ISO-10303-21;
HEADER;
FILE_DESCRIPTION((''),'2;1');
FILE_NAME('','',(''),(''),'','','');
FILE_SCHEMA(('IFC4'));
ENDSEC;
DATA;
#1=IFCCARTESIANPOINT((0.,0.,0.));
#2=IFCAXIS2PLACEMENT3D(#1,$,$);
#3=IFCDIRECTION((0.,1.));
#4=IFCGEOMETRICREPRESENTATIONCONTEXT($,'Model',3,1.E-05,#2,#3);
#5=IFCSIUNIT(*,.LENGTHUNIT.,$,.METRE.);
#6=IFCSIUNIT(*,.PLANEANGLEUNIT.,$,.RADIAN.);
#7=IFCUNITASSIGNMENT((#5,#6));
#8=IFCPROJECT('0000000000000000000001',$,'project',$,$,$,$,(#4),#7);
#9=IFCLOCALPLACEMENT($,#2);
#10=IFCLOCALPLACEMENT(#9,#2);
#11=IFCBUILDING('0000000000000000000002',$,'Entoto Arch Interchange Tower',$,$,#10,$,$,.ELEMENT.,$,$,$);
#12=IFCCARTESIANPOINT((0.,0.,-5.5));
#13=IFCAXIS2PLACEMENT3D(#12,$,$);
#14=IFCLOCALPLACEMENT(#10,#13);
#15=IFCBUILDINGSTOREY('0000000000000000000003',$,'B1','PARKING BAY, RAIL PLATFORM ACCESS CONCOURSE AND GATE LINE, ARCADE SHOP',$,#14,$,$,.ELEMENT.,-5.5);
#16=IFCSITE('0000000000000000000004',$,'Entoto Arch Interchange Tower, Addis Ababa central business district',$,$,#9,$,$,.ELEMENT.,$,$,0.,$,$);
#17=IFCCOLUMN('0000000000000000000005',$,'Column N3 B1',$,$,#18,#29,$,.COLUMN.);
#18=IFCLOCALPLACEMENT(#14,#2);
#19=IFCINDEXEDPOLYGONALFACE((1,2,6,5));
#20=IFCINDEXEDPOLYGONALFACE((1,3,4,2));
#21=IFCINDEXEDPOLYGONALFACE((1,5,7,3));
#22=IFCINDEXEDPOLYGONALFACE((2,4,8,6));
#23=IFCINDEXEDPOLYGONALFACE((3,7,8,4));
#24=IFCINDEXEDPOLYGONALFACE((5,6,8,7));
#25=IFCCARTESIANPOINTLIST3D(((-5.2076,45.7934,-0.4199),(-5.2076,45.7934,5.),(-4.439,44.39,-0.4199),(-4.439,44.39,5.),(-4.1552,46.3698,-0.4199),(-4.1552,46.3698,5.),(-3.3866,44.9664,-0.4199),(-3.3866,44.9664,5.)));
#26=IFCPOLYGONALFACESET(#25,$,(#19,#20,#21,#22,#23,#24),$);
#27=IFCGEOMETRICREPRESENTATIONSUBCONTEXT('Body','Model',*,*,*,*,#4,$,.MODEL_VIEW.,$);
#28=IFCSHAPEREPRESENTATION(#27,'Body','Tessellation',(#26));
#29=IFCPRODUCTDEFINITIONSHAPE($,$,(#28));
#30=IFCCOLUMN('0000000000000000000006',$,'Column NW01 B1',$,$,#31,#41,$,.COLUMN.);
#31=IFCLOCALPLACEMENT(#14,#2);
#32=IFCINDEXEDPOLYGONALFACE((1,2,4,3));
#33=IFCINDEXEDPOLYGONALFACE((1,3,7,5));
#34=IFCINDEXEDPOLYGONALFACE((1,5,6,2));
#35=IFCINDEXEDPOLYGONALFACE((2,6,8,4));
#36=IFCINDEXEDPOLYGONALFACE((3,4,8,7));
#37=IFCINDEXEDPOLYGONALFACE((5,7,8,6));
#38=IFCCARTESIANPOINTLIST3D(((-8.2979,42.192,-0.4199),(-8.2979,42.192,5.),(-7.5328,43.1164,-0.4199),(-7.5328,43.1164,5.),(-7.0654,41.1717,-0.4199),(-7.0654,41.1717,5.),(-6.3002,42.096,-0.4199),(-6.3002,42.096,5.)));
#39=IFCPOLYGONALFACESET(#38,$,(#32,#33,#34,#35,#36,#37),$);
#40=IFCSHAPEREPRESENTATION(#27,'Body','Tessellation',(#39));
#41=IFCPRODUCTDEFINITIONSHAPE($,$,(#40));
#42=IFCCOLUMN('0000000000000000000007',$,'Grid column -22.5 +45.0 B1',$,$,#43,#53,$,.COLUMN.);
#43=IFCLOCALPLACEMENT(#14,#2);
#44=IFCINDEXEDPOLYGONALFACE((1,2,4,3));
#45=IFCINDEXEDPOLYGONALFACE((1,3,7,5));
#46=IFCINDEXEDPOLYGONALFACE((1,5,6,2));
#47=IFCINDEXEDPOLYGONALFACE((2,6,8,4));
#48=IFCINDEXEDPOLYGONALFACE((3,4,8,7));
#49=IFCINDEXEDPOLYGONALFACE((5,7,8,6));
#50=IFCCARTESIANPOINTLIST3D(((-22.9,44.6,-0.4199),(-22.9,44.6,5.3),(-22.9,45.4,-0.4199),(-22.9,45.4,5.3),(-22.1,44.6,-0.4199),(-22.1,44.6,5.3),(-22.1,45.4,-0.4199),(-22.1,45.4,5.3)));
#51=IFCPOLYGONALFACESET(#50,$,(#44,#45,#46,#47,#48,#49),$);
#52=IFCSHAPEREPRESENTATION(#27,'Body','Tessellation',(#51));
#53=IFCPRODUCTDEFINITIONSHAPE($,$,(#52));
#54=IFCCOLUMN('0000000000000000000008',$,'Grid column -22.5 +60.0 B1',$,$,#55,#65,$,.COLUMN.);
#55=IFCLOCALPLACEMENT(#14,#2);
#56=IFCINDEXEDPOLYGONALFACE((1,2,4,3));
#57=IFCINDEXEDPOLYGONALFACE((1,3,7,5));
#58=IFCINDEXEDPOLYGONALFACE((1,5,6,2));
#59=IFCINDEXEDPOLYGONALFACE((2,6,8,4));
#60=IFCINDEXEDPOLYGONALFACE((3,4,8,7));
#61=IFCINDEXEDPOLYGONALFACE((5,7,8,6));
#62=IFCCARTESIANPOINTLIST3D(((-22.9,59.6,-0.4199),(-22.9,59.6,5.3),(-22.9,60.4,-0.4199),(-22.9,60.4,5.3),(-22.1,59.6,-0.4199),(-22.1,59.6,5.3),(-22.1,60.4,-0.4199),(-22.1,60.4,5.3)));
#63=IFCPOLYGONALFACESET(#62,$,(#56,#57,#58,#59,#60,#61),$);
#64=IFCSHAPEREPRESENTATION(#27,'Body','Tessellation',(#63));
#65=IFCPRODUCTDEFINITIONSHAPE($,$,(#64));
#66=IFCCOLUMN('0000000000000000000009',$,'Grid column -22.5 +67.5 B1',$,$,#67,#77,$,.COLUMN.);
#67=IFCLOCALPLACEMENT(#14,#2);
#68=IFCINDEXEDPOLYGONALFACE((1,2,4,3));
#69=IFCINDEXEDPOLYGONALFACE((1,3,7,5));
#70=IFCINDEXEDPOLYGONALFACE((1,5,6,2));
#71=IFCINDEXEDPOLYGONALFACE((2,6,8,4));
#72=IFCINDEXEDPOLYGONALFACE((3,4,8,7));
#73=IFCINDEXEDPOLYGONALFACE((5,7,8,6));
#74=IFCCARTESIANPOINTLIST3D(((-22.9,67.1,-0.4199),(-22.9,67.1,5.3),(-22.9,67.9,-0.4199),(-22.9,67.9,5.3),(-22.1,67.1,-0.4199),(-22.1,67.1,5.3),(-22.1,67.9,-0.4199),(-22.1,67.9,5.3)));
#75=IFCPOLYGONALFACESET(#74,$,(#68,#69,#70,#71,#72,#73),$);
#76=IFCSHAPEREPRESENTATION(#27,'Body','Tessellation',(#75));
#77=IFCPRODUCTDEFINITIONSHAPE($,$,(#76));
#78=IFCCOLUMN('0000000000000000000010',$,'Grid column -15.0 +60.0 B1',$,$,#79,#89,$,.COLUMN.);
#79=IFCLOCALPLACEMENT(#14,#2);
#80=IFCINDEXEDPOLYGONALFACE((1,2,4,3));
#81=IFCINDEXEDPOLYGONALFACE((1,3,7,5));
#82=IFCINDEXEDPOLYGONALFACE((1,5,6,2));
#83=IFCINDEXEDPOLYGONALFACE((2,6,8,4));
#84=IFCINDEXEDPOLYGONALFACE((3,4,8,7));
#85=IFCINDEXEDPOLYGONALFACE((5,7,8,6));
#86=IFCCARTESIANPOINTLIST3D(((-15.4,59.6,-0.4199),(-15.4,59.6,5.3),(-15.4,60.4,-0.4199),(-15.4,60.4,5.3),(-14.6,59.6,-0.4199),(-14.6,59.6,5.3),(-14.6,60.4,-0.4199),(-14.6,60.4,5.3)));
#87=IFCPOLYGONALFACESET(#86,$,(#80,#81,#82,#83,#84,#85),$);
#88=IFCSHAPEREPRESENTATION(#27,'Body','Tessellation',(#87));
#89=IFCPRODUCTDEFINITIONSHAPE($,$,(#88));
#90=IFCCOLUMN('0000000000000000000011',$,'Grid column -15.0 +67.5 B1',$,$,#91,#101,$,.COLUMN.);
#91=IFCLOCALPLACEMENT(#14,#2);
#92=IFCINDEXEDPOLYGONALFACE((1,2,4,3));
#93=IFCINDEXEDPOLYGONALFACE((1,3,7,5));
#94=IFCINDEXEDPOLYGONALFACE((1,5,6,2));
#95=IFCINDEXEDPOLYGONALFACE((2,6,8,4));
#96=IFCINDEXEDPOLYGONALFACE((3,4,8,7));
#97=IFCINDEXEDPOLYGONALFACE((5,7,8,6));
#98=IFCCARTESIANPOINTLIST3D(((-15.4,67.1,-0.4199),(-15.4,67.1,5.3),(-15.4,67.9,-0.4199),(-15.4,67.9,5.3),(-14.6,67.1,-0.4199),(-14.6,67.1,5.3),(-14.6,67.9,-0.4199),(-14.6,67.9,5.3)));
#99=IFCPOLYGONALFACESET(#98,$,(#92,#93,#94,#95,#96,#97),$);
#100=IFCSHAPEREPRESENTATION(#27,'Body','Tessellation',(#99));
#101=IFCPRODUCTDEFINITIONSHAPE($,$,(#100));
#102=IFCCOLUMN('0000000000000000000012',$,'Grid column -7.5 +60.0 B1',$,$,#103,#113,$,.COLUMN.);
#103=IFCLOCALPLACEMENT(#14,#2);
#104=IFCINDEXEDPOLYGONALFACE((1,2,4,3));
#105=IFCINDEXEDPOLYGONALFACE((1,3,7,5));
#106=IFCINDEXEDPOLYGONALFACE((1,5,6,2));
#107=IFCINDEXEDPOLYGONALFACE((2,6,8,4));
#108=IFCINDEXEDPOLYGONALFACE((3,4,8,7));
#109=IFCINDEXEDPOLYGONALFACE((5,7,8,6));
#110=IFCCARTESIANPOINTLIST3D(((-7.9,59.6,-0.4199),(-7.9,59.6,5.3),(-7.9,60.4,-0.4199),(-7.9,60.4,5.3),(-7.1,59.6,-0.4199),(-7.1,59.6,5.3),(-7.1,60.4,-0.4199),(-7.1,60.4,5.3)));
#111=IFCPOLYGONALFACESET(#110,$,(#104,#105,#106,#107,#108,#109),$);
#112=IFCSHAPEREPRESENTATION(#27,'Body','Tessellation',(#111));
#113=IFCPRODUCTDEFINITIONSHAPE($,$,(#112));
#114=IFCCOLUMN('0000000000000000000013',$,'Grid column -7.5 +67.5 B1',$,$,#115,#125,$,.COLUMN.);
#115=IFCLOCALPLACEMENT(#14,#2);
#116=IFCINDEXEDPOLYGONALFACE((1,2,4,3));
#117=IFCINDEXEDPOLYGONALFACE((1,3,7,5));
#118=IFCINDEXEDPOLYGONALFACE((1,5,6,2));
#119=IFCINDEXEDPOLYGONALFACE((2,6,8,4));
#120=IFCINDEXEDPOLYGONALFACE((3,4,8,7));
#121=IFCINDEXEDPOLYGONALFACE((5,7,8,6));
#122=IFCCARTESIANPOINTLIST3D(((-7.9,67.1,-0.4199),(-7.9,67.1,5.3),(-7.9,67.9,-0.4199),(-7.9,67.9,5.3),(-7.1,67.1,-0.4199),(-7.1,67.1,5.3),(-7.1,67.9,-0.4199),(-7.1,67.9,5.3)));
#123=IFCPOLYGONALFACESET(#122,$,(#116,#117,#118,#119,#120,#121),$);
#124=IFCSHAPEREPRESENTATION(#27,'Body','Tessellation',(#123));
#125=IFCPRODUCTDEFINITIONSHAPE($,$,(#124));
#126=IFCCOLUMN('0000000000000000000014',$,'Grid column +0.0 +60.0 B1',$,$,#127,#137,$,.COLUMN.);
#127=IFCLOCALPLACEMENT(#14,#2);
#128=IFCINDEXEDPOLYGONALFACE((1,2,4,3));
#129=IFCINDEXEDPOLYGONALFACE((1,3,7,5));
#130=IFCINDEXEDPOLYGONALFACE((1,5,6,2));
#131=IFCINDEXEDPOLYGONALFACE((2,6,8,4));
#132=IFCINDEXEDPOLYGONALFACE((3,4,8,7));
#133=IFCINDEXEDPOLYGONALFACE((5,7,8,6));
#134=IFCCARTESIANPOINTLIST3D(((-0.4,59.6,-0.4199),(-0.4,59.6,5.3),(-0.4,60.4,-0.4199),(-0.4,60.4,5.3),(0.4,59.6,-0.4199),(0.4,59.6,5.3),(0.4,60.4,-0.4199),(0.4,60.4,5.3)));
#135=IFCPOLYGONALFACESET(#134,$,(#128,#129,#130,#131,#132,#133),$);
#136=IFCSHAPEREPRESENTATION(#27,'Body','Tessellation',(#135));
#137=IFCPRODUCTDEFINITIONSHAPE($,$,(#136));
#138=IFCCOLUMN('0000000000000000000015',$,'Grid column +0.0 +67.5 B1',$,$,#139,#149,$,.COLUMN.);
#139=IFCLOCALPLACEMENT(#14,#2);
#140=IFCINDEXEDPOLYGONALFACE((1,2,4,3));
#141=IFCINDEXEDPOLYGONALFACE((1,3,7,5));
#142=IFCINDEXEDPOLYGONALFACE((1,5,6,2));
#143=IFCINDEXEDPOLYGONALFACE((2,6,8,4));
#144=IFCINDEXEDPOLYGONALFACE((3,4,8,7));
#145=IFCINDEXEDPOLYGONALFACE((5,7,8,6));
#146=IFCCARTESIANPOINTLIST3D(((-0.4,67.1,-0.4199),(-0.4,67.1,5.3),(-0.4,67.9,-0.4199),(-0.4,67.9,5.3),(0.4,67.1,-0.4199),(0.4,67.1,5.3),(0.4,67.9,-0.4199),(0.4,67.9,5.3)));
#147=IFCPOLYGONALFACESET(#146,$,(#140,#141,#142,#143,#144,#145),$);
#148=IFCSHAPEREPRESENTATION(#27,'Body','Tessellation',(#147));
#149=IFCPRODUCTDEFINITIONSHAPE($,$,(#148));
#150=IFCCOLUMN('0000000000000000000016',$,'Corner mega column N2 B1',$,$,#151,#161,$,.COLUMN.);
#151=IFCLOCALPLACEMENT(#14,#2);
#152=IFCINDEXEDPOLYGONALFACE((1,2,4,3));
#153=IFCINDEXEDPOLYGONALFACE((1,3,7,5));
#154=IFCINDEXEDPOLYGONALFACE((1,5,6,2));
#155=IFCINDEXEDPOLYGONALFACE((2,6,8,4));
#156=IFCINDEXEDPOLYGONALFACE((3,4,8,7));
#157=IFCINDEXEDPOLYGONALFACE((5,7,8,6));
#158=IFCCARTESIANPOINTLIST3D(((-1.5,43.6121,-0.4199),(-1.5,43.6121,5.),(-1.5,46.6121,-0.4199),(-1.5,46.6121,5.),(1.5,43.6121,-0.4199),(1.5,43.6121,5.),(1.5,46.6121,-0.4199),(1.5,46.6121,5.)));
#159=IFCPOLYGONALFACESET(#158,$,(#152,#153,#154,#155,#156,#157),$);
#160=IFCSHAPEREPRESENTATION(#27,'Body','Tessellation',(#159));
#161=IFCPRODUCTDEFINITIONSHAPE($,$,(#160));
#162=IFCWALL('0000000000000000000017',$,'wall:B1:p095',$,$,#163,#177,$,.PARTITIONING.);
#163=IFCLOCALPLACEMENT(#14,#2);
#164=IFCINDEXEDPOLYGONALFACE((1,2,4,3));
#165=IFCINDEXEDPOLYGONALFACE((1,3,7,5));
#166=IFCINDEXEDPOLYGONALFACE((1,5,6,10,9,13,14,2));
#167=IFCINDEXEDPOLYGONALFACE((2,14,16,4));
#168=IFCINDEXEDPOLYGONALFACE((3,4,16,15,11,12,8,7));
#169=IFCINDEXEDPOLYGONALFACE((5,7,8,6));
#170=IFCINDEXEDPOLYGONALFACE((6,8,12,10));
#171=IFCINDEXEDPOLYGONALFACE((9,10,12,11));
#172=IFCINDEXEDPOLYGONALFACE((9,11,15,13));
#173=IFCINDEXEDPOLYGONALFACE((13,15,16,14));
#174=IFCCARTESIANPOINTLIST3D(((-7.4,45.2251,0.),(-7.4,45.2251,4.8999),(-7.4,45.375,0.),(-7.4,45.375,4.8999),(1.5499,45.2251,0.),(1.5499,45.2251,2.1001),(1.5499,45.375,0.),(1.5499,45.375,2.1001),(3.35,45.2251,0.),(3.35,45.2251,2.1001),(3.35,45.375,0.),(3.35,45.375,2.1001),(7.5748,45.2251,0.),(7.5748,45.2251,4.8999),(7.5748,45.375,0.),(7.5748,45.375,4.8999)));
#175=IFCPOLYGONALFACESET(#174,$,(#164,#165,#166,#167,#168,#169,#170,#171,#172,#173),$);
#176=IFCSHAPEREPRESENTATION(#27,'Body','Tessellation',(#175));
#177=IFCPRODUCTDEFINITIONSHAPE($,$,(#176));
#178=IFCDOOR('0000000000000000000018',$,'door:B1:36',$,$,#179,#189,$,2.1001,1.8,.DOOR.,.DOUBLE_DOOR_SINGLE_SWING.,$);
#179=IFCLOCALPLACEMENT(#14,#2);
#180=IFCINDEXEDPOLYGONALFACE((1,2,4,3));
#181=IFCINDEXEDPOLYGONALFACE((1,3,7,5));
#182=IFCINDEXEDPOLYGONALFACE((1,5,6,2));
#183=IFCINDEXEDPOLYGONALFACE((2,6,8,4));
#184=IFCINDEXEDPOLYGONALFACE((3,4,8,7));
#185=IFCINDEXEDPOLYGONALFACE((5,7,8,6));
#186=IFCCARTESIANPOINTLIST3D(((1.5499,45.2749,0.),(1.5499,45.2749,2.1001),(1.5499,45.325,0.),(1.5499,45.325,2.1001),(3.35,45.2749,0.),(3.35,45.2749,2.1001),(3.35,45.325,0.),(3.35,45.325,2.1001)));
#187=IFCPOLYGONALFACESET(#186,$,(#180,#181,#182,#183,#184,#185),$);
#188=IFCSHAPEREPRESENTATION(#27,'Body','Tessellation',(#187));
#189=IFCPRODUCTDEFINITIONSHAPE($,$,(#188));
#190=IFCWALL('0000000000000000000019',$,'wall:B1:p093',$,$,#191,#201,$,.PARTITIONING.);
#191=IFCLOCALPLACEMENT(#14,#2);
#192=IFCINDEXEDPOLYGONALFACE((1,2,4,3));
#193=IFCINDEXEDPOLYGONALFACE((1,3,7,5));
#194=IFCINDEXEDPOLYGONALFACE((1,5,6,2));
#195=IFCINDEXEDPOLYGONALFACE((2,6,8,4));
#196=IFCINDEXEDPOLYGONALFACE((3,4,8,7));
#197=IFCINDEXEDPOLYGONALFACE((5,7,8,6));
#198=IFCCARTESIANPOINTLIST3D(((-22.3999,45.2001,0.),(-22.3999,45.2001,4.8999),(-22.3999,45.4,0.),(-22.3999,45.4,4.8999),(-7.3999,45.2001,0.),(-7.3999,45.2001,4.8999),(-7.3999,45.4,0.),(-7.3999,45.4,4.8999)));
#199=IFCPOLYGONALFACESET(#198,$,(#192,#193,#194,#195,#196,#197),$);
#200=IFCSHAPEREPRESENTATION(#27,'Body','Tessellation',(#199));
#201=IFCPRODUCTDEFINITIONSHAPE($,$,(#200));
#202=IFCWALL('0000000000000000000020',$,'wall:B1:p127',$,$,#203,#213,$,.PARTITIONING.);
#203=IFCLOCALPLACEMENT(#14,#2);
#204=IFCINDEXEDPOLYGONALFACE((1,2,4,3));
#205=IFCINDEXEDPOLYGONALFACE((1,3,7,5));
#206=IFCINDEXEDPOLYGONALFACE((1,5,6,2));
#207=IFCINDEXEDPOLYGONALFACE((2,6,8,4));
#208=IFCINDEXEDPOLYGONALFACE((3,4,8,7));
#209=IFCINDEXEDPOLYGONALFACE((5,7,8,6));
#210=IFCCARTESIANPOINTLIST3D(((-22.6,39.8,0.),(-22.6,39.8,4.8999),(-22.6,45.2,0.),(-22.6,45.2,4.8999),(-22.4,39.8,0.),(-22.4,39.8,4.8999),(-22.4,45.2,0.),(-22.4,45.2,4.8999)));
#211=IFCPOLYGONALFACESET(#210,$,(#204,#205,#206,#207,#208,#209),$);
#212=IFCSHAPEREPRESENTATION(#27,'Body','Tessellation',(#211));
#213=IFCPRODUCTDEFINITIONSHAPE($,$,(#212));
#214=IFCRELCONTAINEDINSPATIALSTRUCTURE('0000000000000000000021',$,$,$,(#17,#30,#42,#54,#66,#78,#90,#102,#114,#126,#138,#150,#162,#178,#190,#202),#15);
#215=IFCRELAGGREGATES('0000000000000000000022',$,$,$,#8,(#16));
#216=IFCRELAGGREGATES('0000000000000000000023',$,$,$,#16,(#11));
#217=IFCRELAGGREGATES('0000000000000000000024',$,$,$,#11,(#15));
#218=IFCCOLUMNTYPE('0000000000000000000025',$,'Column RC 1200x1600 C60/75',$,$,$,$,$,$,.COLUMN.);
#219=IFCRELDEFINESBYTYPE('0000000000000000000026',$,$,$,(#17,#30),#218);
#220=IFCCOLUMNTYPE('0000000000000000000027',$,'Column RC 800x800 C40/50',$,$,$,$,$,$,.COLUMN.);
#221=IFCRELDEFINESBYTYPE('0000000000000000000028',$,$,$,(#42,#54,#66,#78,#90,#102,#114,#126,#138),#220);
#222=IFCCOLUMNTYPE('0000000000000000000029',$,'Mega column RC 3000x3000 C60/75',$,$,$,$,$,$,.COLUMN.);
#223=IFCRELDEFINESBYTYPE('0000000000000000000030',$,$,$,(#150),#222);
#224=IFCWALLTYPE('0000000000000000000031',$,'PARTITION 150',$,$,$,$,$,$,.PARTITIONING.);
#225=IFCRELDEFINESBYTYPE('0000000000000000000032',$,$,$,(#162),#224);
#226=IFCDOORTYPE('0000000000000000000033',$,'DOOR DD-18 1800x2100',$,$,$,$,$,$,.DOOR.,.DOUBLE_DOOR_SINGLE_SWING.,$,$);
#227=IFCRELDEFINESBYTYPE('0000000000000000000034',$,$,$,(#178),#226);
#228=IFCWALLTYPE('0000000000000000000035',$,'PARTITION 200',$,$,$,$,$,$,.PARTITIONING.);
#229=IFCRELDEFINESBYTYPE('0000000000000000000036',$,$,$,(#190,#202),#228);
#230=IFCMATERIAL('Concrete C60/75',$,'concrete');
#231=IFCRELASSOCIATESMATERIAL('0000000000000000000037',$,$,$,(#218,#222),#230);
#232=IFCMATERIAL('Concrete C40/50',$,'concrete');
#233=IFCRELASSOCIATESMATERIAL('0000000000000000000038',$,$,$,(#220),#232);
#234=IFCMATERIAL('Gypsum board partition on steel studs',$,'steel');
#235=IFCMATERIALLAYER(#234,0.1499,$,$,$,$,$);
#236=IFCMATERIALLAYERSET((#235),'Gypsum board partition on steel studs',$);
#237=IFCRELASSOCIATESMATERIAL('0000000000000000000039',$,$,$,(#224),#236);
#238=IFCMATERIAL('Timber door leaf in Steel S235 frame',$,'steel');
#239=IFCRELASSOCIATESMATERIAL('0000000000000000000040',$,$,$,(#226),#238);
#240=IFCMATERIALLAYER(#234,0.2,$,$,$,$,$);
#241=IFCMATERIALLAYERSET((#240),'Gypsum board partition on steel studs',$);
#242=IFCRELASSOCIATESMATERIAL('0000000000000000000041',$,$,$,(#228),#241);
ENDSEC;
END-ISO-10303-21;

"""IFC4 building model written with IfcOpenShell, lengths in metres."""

from ifc_helpers import new_model, si_unit, direction, frame, frame_2d, origin, origin_2d, place, context, subcontext, project, spatial, rectangle, extrude, material, layer, layer_set, material_profile, profile_set, type_object, element, fill, save


model = new_model("IFC4")

# Units and contexts
model_context = context("Model", 3, precision=1e-05, world=origin(), true_north=direction((0.0, 1.0)))
body_context = subcontext(model_context, "Body", "Model", "MODEL_VIEW")
ifc_project = project(units=[si_unit("LENGTHUNIT", "METRE"), si_unit("PLANEANGLEUNIT", "RADIAN")], contexts=[model_context])

# Site, building, storey
site_placement = place(None, origin())
site = spatial("IfcSite", under=ifc_project, at=site_placement, Name="Entoto Arch Interchange Tower, Addis Ababa central business district", CompositionType="ELEMENT", RefElevation=0.0)
building_placement = place(site_placement, origin())
building = spatial("IfcBuilding", under=site, at=building_placement, Name="Entoto Arch Interchange Tower", CompositionType="ELEMENT")
storey_placement = place(building_placement, frame((0.0, 0.0, -5.5)))
storey = spatial("IfcBuildingStorey", under=building, at=storey_placement, Name="B1", Description="PARKING BAY, RAIL PLATFORM ACCESS CONCOURSE AND GATE LINE, ARCADE SHOP", CompositionType="ELEMENT", Elevation=-5.5)

# Columns
ifc_material_1 = material(Name="Concrete C60/75", Category="concrete")
ifc_material_profile_1 = material_profile(ifc_material_1, rectangle(XDim=1.2, YDim=1.6001, at=origin_2d()))
ifc_profile_set_1 = profile_set([ifc_material_profile_1], Name="Concrete C60/75")
column_type_1 = type_object("IfcColumnType", Name="Column RC 1200x1600 C60/75", PredefinedType="COLUMN", material=ifc_profile_set_1)
for number, where, z_axis, x_axis, name in (
    (1, (-4.2971, 45.3799, -0.4199), (0.0, 0.0, 1.0), (0.877079, 0.480346, 0.0), "Column N3 B1"),
    (2, (-7.2991, 42.144, -0.4199), (0.0, 0.0, 1.0), (0.637666, 0.770313, 0.0), "Column NW01 B1"),
):
    element("IfcColumn", number, at=place(storey_placement, frame(where, z_axis=z_axis, x_axis=x_axis)), inside=storey, type_object=column_type_1, Name=name, PredefinedType="COLUMN", context=body_context, shape_type="SweptSolid", body=[
        extrude(rectangle(XDim=1.2, YDim=1.6001, at=origin_2d()), origin(), (0.0, 0.0, 1.0), 5.4199),
    ])
ifc_material_2 = material(Name="Concrete C40/50", Category="concrete")
ifc_material_profile_2 = material_profile(ifc_material_2, rectangle(XDim=0.8, YDim=0.8, at=origin_2d()))
ifc_profile_set_2 = profile_set([ifc_material_profile_2], Name="Concrete C40/50")
column_type_2 = type_object("IfcColumnType", Name="Column RC 800x800 C40/50", PredefinedType="COLUMN", material=ifc_profile_set_2)
for number, where, z_axis, x_axis, name in (
    (3, (-22.5, 45.0, -0.4199), (0.0, 0.0, 1.0), (1.0, 0.0, 0.0), "Grid column -22.5 +45.0 B1"),
    (4, (-22.5, 60.0, -0.4199), (0.0, 0.0, 1.0), (1.0, 0.0, 0.0), "Grid column -22.5 +60.0 B1"),
    (5, (-22.5, 67.5, -0.4199), (0.0, 0.0, 1.0), (1.0, 0.0, 0.0), "Grid column -22.5 +67.5 B1"),
    (6, (-15.0, 60.0, -0.4199), (0.0, 0.0, 1.0), (1.0, 0.0, 0.0), "Grid column -15.0 +60.0 B1"),
    (7, (-15.0, 67.5, -0.4199), (0.0, 0.0, 1.0), (1.0, 0.0, 0.0), "Grid column -15.0 +67.5 B1"),
    (8, (-7.5, 60.0, -0.4199), (0.0, 0.0, 1.0), (1.0, 0.0, 0.0), "Grid column -7.5 +60.0 B1"),
    (9, (-7.5, 67.5, -0.4199), (0.0, 0.0, 1.0), (1.0, 0.0, 0.0), "Grid column -7.5 +67.5 B1"),
    (10, (0.0, 60.0, -0.4199), (0.0, 0.0, 1.0), (1.0, 0.0, 0.0), "Grid column +0.0 +60.0 B1"),
    (11, (0.0, 67.5, -0.4199), (0.0, 0.0, 1.0), (1.0, 0.0, 0.0), "Grid column +0.0 +67.5 B1"),
):
    element("IfcColumn", number, at=place(storey_placement, frame(where, z_axis=z_axis, x_axis=x_axis)), inside=storey, type_object=column_type_2, Name=name, PredefinedType="COLUMN", context=body_context, shape_type="SweptSolid", body=[
        extrude(rectangle(XDim=0.8, YDim=0.8, at=origin_2d()), origin(), (0.0, 0.0, 1.0), 5.72),
    ])
ifc_material_profile_3 = material_profile(ifc_material_1, rectangle(XDim=3.0, YDim=3.0, at=origin_2d()))
ifc_profile_set_3 = profile_set([ifc_material_profile_3], Name="Concrete C60/75")
column_type_3 = type_object("IfcColumnType", Name="Mega column RC 3000x3000 C60/75", PredefinedType="COLUMN", material=ifc_profile_set_3)
column_placement = place(storey_placement, frame((0.0, 45.1121, -0.4199), z_axis=(0.0, 0.0, 1.0), x_axis=(0.0, 1.0, 0.0)))
element("IfcColumn", 12, at=column_placement, inside=storey, type_object=column_type_3, Name="Corner mega column N2 B1", PredefinedType="COLUMN", context=body_context, shape_type="SweptSolid", body=[
    extrude(rectangle(XDim=3.0, YDim=3.0, at=origin_2d()), origin(), (0.0, 0.0, 1.0), 5.4199),
])

# Wall, opening, door
ifc_material_3 = material(Name="Gypsum board partition on steel studs", Category="steel")
ifc_layer_1 = layer(ifc_material_3, 0.1499)
ifc_layer_set_1 = layer_set([ifc_layer_1], Name="Gypsum board partition on steel studs")
wall_type_1 = type_object("IfcWallType", Name="PARTITION 150", PredefinedType="PARTITIONING", material=ifc_layer_set_1)
wall_1_placement = place(storey_placement, frame((-7.3999, 45.3, 0.0), z_axis=(0.0, 0.0, 1.0), x_axis=(1.0, 0.0, 0.0)))
wall_1 = element("IfcWall", 13, at=wall_1_placement, inside=storey, type_object=wall_type_1, Name="wall:B1:p095", PredefinedType="PARTITIONING", context=body_context, shape_type="SweptSolid", body=[
    extrude(rectangle(XDim=14.9749, YDim=0.1499, at=frame_2d((7.4873, 0.0))), origin(), (0.0, 0.0, 1.0), 4.8999),
])
opening_1_placement = place(wall_1_placement, frame((8.95, 0.0, 0.0)))
opening_1 = element("IfcOpeningElement", 14, at=opening_1_placement, cuts=wall_1, PredefinedType="OPENING", context=body_context, shape_type="SweptSolid", body=[
    extrude(rectangle(XDim=1.8, YDim=2.1001, at=frame_2d((0.8999, 1.05))), frame((0.0, 0.085, 0.0), z_axis=(0.0, -1.0, 0.0), x_axis=(1.0, 0.0, 0.0)), (0.0, 0.0, 1.0), 0.1699),
])
ifc_material_4 = material(Name="Timber door leaf in Steel S235 frame", Category="steel")
door_type_1 = type_object("IfcDoorType", Name="DOOR DD-18 1800x2100", OperationType="DOUBLE_DOOR_SINGLE_SWING", PredefinedType="DOOR", material=ifc_material_4)
door_1_placement = place(opening_1_placement, origin())
door_1 = element("IfcDoor", 15, at=door_1_placement, inside=storey, type_object=door_type_1, Name="door:B1:36", OperationType="DOUBLE_DOOR_SINGLE_SWING", OverallHeight=2.1001, OverallWidth=1.8, PredefinedType="DOOR", context=body_context, shape_type="SweptSolid", body=[
    extrude(rectangle(XDim=1.8, YDim=2.1001, at=frame_2d((0.8999, 1.05))), frame((0.0, 0.0249, 0.0), z_axis=(0.0, -1.0, 0.0), x_axis=(1.0, 0.0, 0.0)), (0.0, 0.0, 1.0), 0.05),
])
fill(opening_1, door_1)

# Walls
ifc_layer_2 = layer(ifc_material_3, 0.2)
ifc_layer_set_2 = layer_set([ifc_layer_2], Name="Gypsum board partition on steel studs")
wall_type_2 = type_object("IfcWallType", Name="PARTITION 200", PredefinedType="PARTITIONING", material=ifc_layer_set_2)
wall_2_placement = place(storey_placement, frame((-22.3999, 45.3, 0.0), z_axis=(0.0, 0.0, 1.0), x_axis=(1.0, 0.0, 0.0)))
element("IfcWall", 16, at=wall_2_placement, inside=storey, type_object=wall_type_2, Name="wall:B1:p093", PredefinedType="PARTITIONING", context=body_context, shape_type="SweptSolid", body=[
    extrude(rectangle(XDim=15.0, YDim=0.2, at=frame_2d((7.5, 0.0))), origin(), (0.0, 0.0, 1.0), 4.8999),
])
wall_3_placement = place(storey_placement, frame((-22.5, 45.2, 0.0), z_axis=(0.0, 0.0, 1.0), x_axis=(0.0, -1.0, 0.0)))
element("IfcWall", 17, at=wall_3_placement, inside=storey, type_object=wall_type_2, Name="wall:B1:p127", PredefinedType="PARTITIONING", context=body_context, shape_type="SweptSolid", body=[
    extrude(rectangle(XDim=5.3999, YDim=0.2, at=frame_2d((2.7, 0.0))), origin(), (0.0, 0.0, 1.0), 4.8999),
])

save(model, "model.ifc")
